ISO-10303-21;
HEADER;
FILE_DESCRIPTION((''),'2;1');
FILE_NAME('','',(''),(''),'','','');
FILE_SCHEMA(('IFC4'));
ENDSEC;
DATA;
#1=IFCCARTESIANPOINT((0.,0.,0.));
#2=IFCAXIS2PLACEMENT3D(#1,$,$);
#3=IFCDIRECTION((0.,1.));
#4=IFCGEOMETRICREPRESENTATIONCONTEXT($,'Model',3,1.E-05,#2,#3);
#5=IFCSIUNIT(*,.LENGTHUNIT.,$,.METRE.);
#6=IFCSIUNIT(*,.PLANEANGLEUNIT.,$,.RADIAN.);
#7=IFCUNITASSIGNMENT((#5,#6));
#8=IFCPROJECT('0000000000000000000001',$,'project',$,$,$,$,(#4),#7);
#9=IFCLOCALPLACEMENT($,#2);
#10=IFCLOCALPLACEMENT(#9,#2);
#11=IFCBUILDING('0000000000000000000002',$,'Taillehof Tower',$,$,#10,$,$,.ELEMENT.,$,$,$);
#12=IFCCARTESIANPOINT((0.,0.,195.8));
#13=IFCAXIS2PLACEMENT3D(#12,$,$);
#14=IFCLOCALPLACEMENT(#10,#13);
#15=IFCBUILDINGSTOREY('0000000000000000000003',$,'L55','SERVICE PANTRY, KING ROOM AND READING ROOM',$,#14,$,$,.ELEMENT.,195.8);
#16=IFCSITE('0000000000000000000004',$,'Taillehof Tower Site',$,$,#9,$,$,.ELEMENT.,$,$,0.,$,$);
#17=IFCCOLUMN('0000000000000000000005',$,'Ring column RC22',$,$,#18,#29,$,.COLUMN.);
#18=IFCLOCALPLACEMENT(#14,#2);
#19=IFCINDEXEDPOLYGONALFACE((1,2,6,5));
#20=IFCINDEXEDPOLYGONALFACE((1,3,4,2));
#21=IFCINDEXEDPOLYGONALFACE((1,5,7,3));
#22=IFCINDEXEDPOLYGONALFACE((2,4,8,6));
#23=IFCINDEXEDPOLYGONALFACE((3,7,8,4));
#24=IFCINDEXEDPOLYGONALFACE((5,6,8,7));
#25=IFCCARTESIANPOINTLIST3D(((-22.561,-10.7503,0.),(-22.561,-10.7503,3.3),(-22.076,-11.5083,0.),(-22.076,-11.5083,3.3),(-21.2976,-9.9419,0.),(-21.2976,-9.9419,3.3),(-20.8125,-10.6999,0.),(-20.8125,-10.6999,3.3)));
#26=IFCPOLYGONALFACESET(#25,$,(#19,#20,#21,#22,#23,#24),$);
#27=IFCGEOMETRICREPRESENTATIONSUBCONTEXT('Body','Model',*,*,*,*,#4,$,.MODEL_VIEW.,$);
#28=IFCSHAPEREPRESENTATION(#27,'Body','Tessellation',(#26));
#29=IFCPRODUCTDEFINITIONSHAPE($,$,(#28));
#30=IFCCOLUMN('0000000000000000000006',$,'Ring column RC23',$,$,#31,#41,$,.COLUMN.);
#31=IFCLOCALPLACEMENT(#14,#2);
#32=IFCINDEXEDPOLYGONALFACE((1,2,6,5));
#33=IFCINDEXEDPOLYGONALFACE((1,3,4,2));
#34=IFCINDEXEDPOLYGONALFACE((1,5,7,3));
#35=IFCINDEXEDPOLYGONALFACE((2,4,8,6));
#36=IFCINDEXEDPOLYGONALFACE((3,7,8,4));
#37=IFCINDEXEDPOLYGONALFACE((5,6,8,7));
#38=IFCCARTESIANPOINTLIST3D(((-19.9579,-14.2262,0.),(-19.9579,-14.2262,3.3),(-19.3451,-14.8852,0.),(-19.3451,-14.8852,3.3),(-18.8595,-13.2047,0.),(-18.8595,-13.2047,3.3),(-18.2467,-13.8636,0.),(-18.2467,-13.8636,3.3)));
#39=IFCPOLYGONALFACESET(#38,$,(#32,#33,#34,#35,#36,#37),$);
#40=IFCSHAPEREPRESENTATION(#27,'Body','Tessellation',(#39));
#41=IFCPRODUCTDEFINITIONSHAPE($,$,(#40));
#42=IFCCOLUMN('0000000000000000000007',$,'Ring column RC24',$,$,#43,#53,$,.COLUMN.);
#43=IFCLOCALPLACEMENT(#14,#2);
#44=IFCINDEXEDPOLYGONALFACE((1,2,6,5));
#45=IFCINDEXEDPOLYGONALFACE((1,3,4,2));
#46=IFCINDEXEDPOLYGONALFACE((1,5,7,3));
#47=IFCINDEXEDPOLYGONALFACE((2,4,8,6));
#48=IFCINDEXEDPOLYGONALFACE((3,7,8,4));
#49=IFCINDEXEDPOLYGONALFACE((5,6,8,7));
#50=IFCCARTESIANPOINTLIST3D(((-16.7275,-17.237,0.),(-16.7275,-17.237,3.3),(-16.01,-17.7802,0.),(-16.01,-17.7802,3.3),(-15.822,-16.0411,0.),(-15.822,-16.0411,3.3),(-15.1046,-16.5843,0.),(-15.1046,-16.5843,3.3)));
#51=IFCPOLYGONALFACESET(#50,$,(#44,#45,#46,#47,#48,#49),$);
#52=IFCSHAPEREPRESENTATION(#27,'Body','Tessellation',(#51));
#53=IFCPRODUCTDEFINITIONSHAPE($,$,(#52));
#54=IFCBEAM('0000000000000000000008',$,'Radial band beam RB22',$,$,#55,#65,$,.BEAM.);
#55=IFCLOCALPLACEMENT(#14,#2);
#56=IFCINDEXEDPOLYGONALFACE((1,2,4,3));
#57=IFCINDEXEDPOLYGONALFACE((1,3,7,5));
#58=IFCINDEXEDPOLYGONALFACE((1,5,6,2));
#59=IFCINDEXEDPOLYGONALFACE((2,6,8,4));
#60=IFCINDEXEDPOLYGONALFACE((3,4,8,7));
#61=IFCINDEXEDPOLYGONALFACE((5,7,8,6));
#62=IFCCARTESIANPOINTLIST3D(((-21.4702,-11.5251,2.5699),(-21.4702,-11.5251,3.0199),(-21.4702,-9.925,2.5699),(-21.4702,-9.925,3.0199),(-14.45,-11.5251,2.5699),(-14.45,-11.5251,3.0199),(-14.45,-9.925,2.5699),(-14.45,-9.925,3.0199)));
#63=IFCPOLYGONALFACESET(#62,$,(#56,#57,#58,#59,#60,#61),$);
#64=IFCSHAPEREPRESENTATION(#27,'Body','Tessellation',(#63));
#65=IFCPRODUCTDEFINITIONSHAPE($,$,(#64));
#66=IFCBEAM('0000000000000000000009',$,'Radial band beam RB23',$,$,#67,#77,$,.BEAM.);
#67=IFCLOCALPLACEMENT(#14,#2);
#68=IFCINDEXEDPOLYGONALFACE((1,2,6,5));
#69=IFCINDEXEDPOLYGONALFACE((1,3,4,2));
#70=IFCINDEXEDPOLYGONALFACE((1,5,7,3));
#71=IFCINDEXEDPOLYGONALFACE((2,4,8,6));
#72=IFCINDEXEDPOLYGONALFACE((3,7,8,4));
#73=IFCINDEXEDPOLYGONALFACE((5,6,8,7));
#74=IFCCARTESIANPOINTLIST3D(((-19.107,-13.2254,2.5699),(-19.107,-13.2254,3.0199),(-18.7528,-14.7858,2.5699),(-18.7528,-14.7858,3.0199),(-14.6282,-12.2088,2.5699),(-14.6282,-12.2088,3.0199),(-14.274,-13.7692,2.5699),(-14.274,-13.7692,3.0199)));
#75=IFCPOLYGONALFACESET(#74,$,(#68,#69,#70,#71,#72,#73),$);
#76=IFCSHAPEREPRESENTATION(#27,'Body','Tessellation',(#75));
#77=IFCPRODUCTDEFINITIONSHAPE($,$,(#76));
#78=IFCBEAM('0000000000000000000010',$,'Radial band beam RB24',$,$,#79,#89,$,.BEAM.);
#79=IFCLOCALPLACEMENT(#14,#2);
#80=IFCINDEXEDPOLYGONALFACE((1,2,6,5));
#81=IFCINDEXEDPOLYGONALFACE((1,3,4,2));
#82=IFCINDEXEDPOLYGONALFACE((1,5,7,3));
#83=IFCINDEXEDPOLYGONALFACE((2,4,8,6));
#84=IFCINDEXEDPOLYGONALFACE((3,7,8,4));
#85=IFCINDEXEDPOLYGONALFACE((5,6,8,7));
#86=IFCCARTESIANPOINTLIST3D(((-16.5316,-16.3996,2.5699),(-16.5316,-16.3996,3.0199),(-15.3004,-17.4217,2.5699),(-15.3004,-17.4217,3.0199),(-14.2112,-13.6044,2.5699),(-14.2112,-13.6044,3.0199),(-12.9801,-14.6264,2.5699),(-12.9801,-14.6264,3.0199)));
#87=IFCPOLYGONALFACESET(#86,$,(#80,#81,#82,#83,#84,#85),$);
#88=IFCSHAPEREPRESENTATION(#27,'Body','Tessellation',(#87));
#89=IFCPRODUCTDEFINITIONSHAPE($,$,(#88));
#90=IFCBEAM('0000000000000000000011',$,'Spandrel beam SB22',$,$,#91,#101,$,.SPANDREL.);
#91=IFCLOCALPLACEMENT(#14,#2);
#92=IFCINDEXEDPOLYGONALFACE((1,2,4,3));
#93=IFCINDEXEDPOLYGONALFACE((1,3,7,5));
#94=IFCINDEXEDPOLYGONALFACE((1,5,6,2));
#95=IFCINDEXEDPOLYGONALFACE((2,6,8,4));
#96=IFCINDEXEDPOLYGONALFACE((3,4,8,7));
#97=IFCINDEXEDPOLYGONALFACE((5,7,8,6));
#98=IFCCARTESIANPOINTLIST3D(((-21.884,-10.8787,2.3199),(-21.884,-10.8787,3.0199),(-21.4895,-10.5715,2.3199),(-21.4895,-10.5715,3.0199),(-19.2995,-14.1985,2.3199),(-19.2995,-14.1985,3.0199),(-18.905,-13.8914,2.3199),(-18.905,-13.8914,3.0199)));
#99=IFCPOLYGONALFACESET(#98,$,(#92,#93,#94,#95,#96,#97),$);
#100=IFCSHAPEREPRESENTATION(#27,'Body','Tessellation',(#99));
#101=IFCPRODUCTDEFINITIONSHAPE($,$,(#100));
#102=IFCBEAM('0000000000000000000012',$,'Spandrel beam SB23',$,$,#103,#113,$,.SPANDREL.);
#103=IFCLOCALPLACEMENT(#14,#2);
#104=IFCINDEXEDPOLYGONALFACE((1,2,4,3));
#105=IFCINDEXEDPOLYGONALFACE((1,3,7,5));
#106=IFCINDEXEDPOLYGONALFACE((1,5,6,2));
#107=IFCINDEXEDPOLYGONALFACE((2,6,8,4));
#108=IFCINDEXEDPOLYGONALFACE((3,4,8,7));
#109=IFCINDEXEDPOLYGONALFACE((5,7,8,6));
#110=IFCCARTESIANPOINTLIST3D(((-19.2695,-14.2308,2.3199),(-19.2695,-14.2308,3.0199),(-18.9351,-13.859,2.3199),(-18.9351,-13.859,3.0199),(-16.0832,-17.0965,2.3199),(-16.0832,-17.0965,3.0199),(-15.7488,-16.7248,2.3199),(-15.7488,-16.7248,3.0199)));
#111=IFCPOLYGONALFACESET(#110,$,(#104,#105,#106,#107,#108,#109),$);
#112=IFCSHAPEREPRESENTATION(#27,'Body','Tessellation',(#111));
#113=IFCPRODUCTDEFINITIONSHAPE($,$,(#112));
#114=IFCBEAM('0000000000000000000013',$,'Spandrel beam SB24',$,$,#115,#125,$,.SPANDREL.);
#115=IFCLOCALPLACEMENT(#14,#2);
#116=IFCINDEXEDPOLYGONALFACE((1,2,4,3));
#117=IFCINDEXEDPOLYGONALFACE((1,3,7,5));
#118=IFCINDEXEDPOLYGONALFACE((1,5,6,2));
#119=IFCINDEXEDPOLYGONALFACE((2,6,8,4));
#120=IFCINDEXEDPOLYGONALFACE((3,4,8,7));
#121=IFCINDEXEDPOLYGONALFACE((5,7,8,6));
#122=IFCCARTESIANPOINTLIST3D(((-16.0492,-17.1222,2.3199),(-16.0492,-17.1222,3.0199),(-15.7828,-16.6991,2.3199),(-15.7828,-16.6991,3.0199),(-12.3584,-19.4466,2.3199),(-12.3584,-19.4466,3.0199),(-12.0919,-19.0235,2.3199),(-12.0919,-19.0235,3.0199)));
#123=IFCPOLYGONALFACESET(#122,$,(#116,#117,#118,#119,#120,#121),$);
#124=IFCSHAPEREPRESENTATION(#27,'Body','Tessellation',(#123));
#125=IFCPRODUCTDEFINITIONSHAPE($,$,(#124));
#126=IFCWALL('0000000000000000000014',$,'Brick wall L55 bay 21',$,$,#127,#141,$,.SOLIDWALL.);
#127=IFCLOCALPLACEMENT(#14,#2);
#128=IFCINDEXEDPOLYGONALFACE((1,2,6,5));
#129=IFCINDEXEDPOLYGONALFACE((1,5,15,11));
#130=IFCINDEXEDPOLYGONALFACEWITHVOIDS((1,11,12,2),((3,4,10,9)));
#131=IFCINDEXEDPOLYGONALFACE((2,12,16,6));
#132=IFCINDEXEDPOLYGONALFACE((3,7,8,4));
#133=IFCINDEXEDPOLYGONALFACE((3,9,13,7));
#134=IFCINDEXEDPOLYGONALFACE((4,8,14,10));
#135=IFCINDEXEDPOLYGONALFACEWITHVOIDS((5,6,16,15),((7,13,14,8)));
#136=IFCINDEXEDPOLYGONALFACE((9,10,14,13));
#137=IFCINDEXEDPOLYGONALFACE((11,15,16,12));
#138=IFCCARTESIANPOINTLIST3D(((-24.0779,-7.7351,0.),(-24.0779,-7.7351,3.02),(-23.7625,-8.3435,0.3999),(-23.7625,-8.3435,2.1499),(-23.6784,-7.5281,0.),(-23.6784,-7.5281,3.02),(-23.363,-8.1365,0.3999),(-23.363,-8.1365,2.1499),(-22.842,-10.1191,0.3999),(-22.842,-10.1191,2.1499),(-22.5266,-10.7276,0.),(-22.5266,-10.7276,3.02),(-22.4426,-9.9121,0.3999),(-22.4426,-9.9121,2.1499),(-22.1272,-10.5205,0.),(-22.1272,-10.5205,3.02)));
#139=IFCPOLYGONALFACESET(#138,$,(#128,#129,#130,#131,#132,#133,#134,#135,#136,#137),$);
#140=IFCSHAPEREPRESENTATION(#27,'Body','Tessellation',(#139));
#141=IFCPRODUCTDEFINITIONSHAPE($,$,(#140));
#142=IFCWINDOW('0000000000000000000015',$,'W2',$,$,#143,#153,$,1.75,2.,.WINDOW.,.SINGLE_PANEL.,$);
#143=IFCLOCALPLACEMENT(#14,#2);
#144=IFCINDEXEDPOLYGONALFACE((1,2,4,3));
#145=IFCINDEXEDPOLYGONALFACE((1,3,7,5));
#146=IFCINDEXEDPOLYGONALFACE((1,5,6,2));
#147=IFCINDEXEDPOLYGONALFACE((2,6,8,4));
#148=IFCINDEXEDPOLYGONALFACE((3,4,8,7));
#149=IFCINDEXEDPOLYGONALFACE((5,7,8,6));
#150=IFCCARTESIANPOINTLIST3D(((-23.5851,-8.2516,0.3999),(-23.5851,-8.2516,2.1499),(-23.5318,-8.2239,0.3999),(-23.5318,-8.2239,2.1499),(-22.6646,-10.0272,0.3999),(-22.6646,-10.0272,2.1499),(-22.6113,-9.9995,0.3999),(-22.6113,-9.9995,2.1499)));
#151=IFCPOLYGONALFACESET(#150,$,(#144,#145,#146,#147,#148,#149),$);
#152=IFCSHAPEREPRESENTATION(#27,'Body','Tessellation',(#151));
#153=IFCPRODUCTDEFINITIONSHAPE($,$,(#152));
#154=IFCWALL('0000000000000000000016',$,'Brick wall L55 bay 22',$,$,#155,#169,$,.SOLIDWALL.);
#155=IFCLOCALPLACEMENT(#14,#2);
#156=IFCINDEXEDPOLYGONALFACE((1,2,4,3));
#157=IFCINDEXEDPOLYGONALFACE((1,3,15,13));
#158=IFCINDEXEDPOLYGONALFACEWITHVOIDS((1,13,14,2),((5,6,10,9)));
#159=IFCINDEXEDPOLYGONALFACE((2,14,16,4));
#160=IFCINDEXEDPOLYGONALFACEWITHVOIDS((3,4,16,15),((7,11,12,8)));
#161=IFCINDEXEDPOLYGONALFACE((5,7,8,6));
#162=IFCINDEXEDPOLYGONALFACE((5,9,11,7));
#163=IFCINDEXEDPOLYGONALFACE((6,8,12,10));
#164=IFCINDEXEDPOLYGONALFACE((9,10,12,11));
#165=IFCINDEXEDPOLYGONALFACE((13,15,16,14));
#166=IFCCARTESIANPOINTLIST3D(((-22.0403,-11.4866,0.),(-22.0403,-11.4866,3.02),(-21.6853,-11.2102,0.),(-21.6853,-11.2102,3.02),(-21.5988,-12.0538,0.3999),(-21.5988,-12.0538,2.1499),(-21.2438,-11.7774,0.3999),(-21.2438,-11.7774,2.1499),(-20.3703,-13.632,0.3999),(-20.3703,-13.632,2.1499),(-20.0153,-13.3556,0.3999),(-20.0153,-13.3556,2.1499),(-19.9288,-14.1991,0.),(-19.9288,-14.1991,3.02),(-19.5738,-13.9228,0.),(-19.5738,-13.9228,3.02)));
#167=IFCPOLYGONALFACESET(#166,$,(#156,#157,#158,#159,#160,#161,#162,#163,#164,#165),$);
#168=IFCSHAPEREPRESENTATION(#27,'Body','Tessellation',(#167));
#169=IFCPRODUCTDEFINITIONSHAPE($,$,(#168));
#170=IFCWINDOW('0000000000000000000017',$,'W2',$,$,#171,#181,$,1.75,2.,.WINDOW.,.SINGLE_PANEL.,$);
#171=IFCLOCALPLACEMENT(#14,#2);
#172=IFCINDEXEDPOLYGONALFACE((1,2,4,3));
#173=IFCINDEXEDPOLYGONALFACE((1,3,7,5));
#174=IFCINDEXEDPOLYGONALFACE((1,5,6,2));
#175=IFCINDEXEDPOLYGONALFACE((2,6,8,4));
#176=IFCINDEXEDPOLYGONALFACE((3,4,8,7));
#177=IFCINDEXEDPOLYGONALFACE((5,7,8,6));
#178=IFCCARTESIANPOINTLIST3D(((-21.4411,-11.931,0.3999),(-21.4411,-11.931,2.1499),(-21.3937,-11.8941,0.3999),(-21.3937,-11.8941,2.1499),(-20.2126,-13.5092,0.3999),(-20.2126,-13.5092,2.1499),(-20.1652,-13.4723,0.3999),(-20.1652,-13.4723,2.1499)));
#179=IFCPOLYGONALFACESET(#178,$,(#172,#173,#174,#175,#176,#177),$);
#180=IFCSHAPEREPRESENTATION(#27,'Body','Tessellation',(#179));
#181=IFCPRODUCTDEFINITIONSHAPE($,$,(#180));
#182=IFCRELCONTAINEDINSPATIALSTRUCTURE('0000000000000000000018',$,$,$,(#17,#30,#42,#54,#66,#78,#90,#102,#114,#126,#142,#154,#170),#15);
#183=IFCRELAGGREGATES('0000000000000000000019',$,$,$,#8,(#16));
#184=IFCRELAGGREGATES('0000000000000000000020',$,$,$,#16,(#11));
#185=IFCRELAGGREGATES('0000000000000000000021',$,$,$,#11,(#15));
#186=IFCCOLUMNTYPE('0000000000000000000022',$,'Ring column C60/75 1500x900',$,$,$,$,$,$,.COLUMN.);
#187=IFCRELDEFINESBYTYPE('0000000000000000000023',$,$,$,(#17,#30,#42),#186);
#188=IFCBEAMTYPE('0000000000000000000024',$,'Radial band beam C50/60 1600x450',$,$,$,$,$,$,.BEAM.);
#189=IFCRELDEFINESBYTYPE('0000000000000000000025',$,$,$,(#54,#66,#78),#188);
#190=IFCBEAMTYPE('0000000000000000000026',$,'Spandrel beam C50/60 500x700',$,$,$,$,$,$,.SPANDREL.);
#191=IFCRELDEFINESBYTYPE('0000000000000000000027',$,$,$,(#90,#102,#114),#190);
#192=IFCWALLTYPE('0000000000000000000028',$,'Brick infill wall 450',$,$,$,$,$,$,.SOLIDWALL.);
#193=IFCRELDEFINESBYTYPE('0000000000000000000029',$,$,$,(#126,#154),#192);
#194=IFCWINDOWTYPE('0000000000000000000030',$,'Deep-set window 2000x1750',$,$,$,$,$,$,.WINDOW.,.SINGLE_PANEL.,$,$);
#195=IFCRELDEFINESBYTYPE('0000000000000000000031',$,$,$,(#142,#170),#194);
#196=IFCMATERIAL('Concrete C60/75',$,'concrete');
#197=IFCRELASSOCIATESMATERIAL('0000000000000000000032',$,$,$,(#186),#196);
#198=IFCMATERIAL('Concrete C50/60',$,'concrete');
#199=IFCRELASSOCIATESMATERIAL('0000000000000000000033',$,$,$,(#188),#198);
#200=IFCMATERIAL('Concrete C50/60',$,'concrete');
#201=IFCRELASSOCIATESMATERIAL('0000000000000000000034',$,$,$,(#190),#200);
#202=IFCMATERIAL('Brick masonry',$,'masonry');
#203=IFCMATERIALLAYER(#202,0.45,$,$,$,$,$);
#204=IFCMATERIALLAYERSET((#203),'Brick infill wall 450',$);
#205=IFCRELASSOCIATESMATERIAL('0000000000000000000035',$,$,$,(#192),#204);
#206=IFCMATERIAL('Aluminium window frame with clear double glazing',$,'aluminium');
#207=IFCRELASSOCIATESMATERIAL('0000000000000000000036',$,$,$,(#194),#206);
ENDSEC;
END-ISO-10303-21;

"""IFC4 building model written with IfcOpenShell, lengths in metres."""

from ifc_helpers import new_model, si_unit, direction, frame, frame_2d, origin, origin_2d, place, context, subcontext, project, spatial, rectangle, extrude, material, layer, layer_set, material_profile, profile_set, type_object, element, fill, save


model = new_model("IFC4")

# Units and contexts
model_context = context("Model", 3, precision=1e-05, world=origin(), true_north=direction((0.0, 1.0)))
body_context = subcontext(model_context, "Body", "Model", "MODEL_VIEW")
ifc_project = project(units=[si_unit("LENGTHUNIT", "METRE"), si_unit("PLANEANGLEUNIT", "RADIAN")], contexts=[model_context])

# Site, building, storey
site_placement = place(None, origin())
site = spatial("IfcSite", under=ifc_project, at=site_placement, Name="Taillehof Tower Site", CompositionType="ELEMENT", RefElevation=0.0)
building_placement = place(site_placement, origin())
building = spatial("IfcBuilding", under=site, at=building_placement, Name="Taillehof Tower", CompositionType="ELEMENT")
storey_placement = place(building_placement, frame((0.0, 0.0, 195.8)))
storey = spatial("IfcBuildingStorey", under=building, at=storey_placement, Name="L55", Description="SERVICE PANTRY, KING ROOM AND READING ROOM", CompositionType="ELEMENT", Elevation=195.8)

# Columns
ifc_material_1 = material(Name="Concrete C60/75", Category="concrete")
ifc_material_profile_1 = material_profile(ifc_material_1, rectangle(XDim=1.5, YDim=0.8999, at=origin_2d()), Name="RC 1500x900")
ifc_profile_set_1 = profile_set([ifc_material_profile_1], Name="Concrete C60/75")
column_type = type_object("IfcColumnType", Name="Ring column C60/75 1500x900", PredefinedType="COLUMN", material=ifc_profile_set_1)
for number, where, z_axis, x_axis, name in (
    (1, (-21.6868, -10.7251, 0.0), (0.0, 0.0, 1.0), (-0.842311, -0.538992, 0.0), "Ring column RC22"),
    (2, (-19.1023, -14.0449, 0.0), (0.0, 0.0, 1.0), (-0.732271, -0.681013, 0.0), "Ring column RC23"),
    (3, (-15.916, -16.9106, 0.0), (0.0, 0.0, 1.0), (-0.603608, -0.797281, 0.0), "Ring column RC24"),
):
    element("IfcColumn", number, at=place(storey_placement, frame(where, z_axis=z_axis, x_axis=x_axis)), inside=storey, type_object=column_type, Name=name, PredefinedType="COLUMN", context=body_context, shape_type="SweptSolid", body=[
        extrude(rectangle(XDim=1.5, YDim=0.8999, at=origin_2d()), origin(), (0.0, 0.0, 1.0), 3.3),
    ])

# Beams
ifc_material_2 = material(Name="Concrete C50/60", Category="concrete")
ifc_material_profile_2 = material_profile(ifc_material_2, rectangle(XDim=1.6001, YDim=0.45, at=origin_2d()), Name="RC 1600x450")
ifc_profile_set_2 = profile_set([ifc_material_profile_2], Name="Concrete C50/60")
beam_type_1 = type_object("IfcBeamType", Name="Radial band beam C50/60 1600x450", PredefinedType="BEAM", material=ifc_profile_set_2)
beam_1_placement = place(storey_placement, frame((-21.4702, -10.7251, 2.7949), z_axis=(1.0, 0.0, 0.0), x_axis=(0.0, 1.0, 0.0)))
element("IfcBeam", 4, at=beam_1_placement, inside=storey, type_object=beam_type_1, Name="Radial band beam RB22", PredefinedType="BEAM", context=body_context, shape_type="SweptSolid", body=[
    extrude(rectangle(XDim=1.6001, YDim=0.45, at=origin_2d()), origin(), (0.0, 0.0, 1.0), 7.0203),
])
beam_2_placement = place(storey_placement, frame((-18.9299, -14.0056, 2.7949), z_axis=(0.975194, 0.221352, 0.0), x_axis=(-0.221352, 0.975194, 0.0)))
element("IfcBeam", 5, at=beam_2_placement, inside=storey, type_object=beam_type_1, Name="Radial band beam RB23", PredefinedType="BEAM", context=body_context, shape_type="SweptSolid", body=[
    extrude(rectangle(XDim=1.6001, YDim=0.45, at=origin_2d()), origin(), (0.0, 0.0, 1.0), 4.5928),
])
beam_3_placement = place(storey_placement, frame((-15.916, -16.9106, 2.7949), z_axis=(0.638722, 0.769437, 0.0), x_axis=(-0.769437, 0.638722, 0.0)))
element("IfcBeam", 6, at=beam_3_placement, inside=storey, type_object=beam_type_1, Name="Radial band beam RB24", PredefinedType="BEAM", context=body_context, shape_type="SweptSolid", body=[
    extrude(rectangle(XDim=1.6001, YDim=0.45, at=origin_2d()), origin(), (0.0, 0.0, 1.0), 3.6328),
])
ifc_material_3 = material(Name="Concrete C50/60", Category="concrete")
ifc_material_profile_3 = material_profile(ifc_material_3, rectangle(XDim=0.5, YDim=0.7, at=origin_2d()), Name="RC 500x700")
ifc_profile_set_3 = profile_set([ifc_material_profile_3], Name="Concrete C50/60")
beam_type_2 = type_object("IfcBeamType", Name="Spandrel beam C50/60 500x700", PredefinedType="SPANDREL", material=ifc_profile_set_3)
beam_4_placement = place(storey_placement, frame((-21.6868, -10.7251, 2.6699), z_axis=(0.614294, -0.789077, 0.0), x_axis=(0.789077, 0.614294, 0.0)))
element("IfcBeam", 7, at=beam_4_placement, inside=storey, type_object=beam_type_2, Name="Spandrel beam SB22", PredefinedType="SPANDREL", context=body_context, shape_type="SweptSolid", body=[
    extrude(rectangle(XDim=0.5, YDim=0.7, at=origin_2d()), origin(), (0.0, 0.0, 1.0), 4.2073),
])
beam_5_placement = place(storey_placement, frame((-19.1023, -14.0449, 2.6699), z_axis=(0.743518, -0.668716, 0.0), x_axis=(0.668716, 0.743518, 0.0)))
element("IfcBeam", 8, at=beam_5_placement, inside=storey, type_object=beam_type_2, Name="Spandrel beam SB23", PredefinedType="SPANDREL", context=body_context, shape_type="SweptSolid", body=[
    extrude(rectangle(XDim=0.5, YDim=0.7, at=origin_2d()), origin(), (0.0, 0.0, 1.0), 4.2854),
])
beam_6_placement = place(storey_placement, frame((-15.916, -16.9106, 2.6699), z_axis=(0.846176, -0.532904, 0.0), x_axis=(0.532904, 0.846176, 0.0)))
element("IfcBeam", 9, at=beam_6_placement, inside=storey, type_object=beam_type_2, Name="Spandrel beam SB24", PredefinedType="SPANDREL", context=body_context, shape_type="SweptSolid", body=[
    extrude(rectangle(XDim=0.5, YDim=0.7, at=origin_2d()), origin(), (0.0, 0.0, 1.0), 4.3618),
])

# Walls, openings, windows
ifc_material_4 = material(Name="Brick masonry", Category="masonry")
ifc_layer_1 = layer(ifc_material_4, 0.45)
ifc_layer_set_1 = layer_set([ifc_layer_1], Name="Brick infill wall 450")
wall_type_1 = type_object("IfcWallType", Name="Brick infill wall 450", PredefinedType="SOLIDWALL", material=ifc_layer_set_1)
wall_1_placement = place(storey_placement, frame((-23.8782, -7.6316, 0.0), z_axis=(0.0, 0.0, 1.0), x_axis=(0.460233, -0.887798, 0.0)))
wall_1 = element("IfcWall", 10, at=wall_1_placement, inside=storey, type_object=wall_type_1, Name="Brick wall L55 bay 21", PredefinedType="SOLIDWALL", context=body_context, shape_type="SweptSolid", body=[
    extrude(rectangle(XDim=3.3706, YDim=0.45, at=frame_2d((1.6853, 0.0))), origin(), (0.0, 0.0, 1.0), 3.02),
])
opening_1_placement = place(wall_1_placement, frame((0.6853, 0.0, 0.3999)))
opening_1 = element("IfcOpeningElement", 11, at=opening_1_placement, cuts=wall_1, PredefinedType="OPENING", context=body_context, shape_type="SweptSolid", body=[
    extrude(rectangle(XDim=2.0, YDim=1.75, at=frame_2d((1.0, 0.875))), frame((0.0, 0.2349, 0.0), z_axis=(0.0, -1.0, 0.0), x_axis=(1.0, 0.0, 0.0)), (0.0, 0.0, 1.0), 0.47),
])
ifc_material_5 = material(Name="Aluminium window frame with clear double glazing", Category="aluminium")
window_type = type_object("IfcWindowType", Name="Deep-set window 2000x1750", PartitioningType="SINGLE_PANEL", PredefinedType="WINDOW", material=ifc_material_5)
window_1_placement = place(opening_1_placement, origin())
window_1 = element("IfcWindow", 12, at=window_1_placement, inside=storey, type_object=window_type, Name="W2", OverallHeight=1.75, OverallWidth=2.0, PartitioningType="SINGLE_PANEL", PredefinedType="WINDOW", context=body_context, shape_type="SweptSolid", body=[
    extrude(rectangle(XDim=2.0, YDim=1.75, at=frame_2d((1.0, 0.875))), frame((0.0, 0.0349, 0.0), z_axis=(0.0, -1.0, 0.0), x_axis=(1.0, 0.0, 0.0)), (0.0, 0.0, 1.0), 0.0601),
])
fill(opening_1, window_1)
wall_2_placement = place(storey_placement, frame((-21.8628, -11.3484, 0.0), z_axis=(0.0, 0.0, 1.0), x_axis=(0.614255, -0.789107, 0.0)))
wall_2 = element("IfcWall", 13, at=wall_2_placement, inside=storey, type_object=wall_type_1, Name="Brick wall L55 bay 22", PredefinedType="SOLIDWALL", context=body_context, shape_type="SweptSolid", body=[
    extrude(rectangle(XDim=3.4375, YDim=0.45, at=frame_2d((1.7188, 0.0))), origin(), (0.0, 0.0, 1.0), 3.02),
])
opening_2_placement = place(wall_2_placement, frame((0.7188, 0.0, 0.3999)))
opening_2 = element("IfcOpeningElement", 14, at=opening_2_placement, cuts=wall_2, PredefinedType="OPENING", context=body_context, shape_type="SweptSolid", body=[
    extrude(rectangle(XDim=2.0, YDim=1.75, at=frame_2d((1.0, 0.875))), frame((0.0, 0.2349, 0.0), z_axis=(0.0, -1.0, 0.0), x_axis=(1.0, 0.0, 0.0)), (0.0, 0.0, 1.0), 0.47),
])
window_2_placement = place(opening_2_placement, origin())
window_2 = element("IfcWindow", 15, at=window_2_placement, inside=storey, type_object=window_type, Name="W2", OverallHeight=1.75, OverallWidth=2.0, PartitioningType="SINGLE_PANEL", PredefinedType="WINDOW", context=body_context, shape_type="SweptSolid", body=[
    extrude(rectangle(XDim=2.0, YDim=1.75, at=frame_2d((1.0, 0.875))), frame((0.0, 0.0349, 0.0), z_axis=(0.0, -1.0, 0.0), x_axis=(1.0, 0.0, 0.0)), (0.0, 0.0, 1.0), 0.0601),
])
fill(opening_2, window_2)

save(model, "model.ifc")
